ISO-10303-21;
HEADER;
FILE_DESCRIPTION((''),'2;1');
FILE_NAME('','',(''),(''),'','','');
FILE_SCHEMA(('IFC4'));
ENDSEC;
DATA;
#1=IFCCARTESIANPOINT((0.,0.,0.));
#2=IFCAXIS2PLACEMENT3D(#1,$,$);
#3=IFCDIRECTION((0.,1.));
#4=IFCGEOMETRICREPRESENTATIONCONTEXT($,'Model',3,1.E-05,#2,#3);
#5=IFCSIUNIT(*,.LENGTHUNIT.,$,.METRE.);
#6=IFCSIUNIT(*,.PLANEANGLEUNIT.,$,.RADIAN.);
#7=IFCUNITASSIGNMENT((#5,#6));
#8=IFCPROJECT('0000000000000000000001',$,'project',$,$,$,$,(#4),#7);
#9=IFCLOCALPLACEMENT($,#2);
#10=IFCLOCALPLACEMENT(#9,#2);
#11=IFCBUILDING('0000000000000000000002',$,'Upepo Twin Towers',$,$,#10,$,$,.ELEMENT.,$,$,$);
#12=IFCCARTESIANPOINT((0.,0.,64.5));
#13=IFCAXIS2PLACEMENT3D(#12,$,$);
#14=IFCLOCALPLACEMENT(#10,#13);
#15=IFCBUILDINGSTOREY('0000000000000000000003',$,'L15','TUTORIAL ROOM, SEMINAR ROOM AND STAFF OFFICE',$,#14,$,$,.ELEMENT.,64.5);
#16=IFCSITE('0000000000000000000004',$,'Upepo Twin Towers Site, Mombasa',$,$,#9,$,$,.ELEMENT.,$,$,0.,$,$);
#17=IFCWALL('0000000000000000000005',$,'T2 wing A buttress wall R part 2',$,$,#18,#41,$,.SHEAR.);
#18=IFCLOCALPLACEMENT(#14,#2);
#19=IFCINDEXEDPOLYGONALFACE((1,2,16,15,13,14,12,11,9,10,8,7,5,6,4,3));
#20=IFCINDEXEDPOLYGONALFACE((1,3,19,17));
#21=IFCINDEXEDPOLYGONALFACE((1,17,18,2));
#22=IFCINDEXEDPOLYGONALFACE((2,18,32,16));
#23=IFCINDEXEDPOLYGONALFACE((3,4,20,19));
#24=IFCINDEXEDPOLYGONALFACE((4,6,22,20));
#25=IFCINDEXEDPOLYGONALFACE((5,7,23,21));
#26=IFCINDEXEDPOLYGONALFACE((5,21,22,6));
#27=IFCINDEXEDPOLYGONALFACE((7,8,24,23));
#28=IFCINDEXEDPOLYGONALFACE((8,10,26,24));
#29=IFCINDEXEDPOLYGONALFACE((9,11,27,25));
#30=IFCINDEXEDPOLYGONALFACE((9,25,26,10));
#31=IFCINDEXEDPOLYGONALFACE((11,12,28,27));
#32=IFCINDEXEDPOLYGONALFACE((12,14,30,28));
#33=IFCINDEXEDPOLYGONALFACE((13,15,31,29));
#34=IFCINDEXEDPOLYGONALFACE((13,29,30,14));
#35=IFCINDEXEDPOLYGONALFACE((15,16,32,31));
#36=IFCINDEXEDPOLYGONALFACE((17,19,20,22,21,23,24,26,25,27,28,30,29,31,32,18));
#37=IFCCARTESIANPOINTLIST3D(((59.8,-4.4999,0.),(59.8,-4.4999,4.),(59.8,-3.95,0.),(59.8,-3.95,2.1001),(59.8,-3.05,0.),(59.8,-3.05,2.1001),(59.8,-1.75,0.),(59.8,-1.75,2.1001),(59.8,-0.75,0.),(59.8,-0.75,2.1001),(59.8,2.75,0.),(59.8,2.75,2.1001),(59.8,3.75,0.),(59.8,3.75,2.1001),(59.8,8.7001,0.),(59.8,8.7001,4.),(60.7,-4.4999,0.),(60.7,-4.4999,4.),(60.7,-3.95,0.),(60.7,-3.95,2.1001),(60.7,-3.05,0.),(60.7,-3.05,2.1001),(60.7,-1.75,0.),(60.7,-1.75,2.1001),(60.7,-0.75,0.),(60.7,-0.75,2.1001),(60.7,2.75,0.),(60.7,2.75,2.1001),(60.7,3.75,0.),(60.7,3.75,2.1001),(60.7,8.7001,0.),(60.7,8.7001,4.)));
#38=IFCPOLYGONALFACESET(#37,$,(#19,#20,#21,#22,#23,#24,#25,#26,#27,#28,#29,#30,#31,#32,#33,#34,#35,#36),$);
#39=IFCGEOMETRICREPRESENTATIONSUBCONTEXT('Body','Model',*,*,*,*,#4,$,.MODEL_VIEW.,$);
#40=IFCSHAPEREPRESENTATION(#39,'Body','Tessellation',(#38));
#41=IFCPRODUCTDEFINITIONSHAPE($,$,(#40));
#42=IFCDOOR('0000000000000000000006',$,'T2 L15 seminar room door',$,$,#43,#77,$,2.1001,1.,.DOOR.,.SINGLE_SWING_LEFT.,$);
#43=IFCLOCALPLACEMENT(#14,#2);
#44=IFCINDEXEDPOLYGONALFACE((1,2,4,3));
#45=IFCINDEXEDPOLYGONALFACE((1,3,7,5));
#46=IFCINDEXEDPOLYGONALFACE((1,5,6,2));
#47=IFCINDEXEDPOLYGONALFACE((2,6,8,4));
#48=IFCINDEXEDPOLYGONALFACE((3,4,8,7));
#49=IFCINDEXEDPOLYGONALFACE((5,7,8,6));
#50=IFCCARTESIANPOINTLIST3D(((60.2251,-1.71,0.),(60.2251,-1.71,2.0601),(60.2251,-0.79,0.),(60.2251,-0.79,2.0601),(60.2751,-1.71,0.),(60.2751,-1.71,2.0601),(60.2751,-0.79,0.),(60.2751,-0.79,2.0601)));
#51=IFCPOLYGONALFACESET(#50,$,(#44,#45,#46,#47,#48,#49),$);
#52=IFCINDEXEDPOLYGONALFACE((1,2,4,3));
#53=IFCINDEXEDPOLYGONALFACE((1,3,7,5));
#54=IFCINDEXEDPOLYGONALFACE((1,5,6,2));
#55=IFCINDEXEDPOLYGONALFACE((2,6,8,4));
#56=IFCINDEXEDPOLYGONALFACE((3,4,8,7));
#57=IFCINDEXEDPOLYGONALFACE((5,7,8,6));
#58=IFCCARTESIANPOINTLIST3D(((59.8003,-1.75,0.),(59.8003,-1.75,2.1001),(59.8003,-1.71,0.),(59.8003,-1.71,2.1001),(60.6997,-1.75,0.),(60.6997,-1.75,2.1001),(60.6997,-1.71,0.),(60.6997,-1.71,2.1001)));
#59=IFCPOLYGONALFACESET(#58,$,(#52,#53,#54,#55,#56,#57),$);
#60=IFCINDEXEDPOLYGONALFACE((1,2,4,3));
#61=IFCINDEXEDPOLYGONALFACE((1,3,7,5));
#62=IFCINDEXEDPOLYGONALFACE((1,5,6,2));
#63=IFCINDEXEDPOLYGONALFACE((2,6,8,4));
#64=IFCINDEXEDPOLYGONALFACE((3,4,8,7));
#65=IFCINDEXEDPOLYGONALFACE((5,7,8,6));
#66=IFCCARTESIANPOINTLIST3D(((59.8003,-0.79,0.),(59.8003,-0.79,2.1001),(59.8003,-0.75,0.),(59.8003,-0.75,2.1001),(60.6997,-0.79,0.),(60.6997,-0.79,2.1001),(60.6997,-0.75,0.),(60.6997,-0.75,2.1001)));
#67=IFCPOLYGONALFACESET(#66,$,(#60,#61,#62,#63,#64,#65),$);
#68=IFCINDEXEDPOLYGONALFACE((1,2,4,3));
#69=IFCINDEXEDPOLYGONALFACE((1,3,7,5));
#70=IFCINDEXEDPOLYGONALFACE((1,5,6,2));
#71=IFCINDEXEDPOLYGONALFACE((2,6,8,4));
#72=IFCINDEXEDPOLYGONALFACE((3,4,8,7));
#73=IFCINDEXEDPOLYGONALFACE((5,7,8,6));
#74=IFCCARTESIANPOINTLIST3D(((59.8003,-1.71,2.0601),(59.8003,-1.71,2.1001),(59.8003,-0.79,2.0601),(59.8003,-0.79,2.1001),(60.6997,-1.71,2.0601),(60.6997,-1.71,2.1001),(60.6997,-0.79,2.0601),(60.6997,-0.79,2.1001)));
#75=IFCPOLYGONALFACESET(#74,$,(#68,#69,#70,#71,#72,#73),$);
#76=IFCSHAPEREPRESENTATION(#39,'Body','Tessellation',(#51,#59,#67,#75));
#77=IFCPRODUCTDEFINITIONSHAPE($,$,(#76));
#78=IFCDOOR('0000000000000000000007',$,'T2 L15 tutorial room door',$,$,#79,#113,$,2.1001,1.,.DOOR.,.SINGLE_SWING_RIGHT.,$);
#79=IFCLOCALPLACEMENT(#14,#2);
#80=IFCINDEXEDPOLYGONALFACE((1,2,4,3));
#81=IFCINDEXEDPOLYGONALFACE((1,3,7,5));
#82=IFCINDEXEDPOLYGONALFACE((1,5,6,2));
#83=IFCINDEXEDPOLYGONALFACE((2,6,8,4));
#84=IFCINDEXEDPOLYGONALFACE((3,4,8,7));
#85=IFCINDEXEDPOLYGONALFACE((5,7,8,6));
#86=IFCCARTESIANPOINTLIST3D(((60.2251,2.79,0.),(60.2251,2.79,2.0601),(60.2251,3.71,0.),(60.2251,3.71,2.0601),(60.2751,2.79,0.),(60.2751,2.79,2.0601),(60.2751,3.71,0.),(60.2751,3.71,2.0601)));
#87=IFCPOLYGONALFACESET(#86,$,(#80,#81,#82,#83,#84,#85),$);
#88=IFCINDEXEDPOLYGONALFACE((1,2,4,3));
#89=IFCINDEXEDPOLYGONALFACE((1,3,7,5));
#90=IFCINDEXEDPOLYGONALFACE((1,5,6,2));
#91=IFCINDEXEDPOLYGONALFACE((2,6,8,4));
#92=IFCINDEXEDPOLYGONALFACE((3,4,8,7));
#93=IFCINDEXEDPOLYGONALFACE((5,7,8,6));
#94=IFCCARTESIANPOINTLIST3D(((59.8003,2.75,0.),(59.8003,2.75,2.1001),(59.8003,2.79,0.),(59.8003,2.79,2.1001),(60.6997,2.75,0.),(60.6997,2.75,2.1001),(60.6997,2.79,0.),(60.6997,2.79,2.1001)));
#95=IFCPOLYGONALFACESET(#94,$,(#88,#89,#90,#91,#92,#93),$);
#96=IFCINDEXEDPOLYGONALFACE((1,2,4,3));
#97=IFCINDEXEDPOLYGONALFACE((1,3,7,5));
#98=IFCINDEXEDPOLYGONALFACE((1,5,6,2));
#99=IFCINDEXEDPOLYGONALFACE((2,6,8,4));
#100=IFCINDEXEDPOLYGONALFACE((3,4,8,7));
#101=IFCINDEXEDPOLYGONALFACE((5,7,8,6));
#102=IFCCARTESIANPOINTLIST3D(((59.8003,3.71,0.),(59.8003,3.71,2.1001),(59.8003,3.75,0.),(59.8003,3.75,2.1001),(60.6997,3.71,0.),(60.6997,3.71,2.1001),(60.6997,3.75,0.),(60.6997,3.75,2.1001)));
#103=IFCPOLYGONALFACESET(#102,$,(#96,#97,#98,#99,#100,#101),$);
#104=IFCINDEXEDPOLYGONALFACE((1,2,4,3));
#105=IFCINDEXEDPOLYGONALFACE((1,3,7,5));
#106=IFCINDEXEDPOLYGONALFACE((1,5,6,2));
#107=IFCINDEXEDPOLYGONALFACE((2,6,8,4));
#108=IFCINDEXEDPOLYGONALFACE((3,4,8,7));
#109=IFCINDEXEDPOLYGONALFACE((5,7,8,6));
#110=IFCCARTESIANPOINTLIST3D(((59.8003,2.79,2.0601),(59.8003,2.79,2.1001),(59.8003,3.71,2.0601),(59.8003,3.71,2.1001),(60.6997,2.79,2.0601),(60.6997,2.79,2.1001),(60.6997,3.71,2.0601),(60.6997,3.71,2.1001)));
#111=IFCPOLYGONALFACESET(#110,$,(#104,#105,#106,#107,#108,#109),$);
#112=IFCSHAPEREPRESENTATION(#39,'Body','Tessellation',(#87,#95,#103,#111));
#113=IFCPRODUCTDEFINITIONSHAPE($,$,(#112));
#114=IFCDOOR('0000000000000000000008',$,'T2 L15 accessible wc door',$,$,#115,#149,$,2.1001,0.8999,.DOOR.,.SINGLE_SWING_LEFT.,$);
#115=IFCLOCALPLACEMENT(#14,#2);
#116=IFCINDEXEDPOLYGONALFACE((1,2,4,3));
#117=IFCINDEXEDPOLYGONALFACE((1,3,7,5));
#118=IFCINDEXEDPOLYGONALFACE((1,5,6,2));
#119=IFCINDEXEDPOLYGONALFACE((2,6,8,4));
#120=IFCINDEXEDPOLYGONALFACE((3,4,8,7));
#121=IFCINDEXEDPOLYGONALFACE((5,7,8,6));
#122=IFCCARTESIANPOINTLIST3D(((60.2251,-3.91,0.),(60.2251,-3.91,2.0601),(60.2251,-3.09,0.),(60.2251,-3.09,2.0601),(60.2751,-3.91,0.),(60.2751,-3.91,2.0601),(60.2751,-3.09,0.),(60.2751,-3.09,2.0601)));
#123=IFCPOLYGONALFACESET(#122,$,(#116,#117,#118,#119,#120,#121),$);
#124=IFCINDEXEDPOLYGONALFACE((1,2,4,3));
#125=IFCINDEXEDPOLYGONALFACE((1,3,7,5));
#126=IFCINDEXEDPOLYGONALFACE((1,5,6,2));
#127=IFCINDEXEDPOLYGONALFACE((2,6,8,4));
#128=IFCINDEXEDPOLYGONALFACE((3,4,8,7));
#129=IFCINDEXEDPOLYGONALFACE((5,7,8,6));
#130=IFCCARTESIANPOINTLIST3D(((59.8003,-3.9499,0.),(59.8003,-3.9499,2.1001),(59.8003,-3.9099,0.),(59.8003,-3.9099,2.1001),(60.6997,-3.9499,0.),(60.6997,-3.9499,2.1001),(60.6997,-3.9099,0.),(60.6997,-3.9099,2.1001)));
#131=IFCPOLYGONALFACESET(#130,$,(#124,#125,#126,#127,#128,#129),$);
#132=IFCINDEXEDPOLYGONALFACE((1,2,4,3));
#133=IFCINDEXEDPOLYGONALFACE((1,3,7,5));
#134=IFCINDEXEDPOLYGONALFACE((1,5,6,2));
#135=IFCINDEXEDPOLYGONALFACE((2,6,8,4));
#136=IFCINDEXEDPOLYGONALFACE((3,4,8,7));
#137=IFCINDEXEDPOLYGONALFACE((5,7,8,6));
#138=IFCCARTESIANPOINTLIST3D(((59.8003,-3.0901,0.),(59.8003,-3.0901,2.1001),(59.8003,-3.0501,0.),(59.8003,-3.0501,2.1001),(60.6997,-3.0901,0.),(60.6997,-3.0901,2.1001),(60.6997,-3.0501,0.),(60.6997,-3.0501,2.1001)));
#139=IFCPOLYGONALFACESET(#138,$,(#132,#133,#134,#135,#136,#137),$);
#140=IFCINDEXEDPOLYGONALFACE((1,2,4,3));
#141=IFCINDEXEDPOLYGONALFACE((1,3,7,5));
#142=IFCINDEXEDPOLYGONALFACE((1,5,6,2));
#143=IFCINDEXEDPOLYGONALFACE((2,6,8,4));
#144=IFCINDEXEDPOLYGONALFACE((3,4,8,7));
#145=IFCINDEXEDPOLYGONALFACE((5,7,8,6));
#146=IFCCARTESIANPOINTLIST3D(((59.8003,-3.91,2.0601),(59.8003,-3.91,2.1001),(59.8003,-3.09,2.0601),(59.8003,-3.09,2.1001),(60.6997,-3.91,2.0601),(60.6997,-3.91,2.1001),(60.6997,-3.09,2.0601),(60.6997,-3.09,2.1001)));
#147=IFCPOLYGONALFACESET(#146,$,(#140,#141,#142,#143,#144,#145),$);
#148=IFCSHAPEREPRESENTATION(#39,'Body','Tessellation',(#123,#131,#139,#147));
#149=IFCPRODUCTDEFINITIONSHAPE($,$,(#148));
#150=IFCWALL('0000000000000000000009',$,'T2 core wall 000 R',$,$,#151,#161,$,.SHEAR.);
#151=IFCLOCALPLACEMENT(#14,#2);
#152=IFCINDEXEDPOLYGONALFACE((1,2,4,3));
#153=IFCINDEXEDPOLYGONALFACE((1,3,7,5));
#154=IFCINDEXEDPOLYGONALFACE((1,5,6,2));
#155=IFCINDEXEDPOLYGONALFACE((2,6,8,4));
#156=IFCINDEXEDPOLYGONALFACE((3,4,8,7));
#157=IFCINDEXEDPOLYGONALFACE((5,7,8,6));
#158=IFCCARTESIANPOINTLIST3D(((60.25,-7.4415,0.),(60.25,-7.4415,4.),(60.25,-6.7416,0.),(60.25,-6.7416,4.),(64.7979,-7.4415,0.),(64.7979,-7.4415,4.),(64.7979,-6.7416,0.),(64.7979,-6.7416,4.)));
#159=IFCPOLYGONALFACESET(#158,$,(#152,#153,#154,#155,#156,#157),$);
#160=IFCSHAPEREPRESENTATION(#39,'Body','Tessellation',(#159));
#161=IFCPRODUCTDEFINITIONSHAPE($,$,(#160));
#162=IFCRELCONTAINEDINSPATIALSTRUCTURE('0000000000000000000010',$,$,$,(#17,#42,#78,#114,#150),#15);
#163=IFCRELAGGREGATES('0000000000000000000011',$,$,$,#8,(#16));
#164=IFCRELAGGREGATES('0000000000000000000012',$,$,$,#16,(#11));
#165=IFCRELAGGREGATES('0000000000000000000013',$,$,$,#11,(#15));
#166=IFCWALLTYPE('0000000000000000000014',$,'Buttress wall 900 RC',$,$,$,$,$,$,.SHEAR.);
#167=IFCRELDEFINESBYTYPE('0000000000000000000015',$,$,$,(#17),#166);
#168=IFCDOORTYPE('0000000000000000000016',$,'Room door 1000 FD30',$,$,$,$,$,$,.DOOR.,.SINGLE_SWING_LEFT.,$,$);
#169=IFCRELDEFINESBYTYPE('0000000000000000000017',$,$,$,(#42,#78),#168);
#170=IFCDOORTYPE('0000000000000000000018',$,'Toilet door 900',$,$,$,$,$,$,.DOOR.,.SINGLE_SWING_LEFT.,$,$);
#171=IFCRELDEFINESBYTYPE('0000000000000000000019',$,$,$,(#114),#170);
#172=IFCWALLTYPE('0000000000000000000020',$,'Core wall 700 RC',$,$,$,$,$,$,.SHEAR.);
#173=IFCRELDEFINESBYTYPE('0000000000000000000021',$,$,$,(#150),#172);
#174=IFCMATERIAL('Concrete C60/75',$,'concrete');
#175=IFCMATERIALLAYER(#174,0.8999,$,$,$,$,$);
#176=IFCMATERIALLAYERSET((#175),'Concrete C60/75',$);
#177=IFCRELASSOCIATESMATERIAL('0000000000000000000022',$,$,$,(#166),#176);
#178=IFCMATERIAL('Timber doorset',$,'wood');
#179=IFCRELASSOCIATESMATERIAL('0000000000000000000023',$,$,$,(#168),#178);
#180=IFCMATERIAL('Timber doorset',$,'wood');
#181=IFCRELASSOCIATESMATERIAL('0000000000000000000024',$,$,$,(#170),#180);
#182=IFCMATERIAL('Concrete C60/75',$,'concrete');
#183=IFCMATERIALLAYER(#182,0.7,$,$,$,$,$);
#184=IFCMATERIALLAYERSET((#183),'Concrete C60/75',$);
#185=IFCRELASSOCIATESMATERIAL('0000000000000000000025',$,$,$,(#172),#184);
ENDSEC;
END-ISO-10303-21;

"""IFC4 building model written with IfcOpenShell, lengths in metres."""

from ifc_helpers import new_model, si_unit, direction, frame, frame_2d, origin, place, context, subcontext, project, spatial, rectangle, extrude, material, layer, layer_set, type_object, element, fill, save


model = new_model("IFC4")

# Units and contexts
model_context = context("Model", 3, precision=1e-05, world=origin(), true_north=direction((0.0, 1.0)))
body_context = subcontext(model_context, "Body", "Model", "MODEL_VIEW")
ifc_project = project(units=[si_unit("LENGTHUNIT", "METRE"), si_unit("PLANEANGLEUNIT", "RADIAN")], contexts=[model_context])

# Site, building, storey
site_placement = place(None, origin())
site = spatial("IfcSite", under=ifc_project, at=site_placement, Name="Upepo Twin Towers Site, Mombasa", CompositionType="ELEMENT", RefElevation=0.0)
building_placement = place(site_placement, origin())
building = spatial("IfcBuilding", under=site, at=building_placement, Name="Upepo Twin Towers", CompositionType="ELEMENT")
storey_placement = place(building_placement, frame((0.0, 0.0, 64.5)))
storey = spatial("IfcBuildingStorey", under=building, at=storey_placement, Name="L15", Description="TUTORIAL ROOM, SEMINAR ROOM AND STAFF OFFICE", CompositionType="ELEMENT", Elevation=64.5)

# Wall, openings, doors
ifc_material_1 = material(Name="Concrete C60/75", Category="concrete")
ifc_layer_1 = layer(ifc_material_1, 0.8999)
ifc_layer_set_1 = layer_set([ifc_layer_1], Name="Concrete C60/75")
wall_type_1 = type_object("IfcWallType", Name="Buttress wall 900 RC", PredefinedType="SHEAR", material=ifc_layer_set_1)
wall_1_placement = place(storey_placement, frame((60.25, -4.5, 0.0), z_axis=(0.0, 0.0, 1.0), x_axis=(0.0, 1.0, 0.0)))
wall_1 = element("IfcWall", 1, at=wall_1_placement, inside=storey, type_object=wall_type_1, Name="T2 wing A buttress wall R part 2", PredefinedType="SHEAR", context=body_context, shape_type="SweptSolid", body=[
    extrude(rectangle(XDim=13.2, YDim=0.8999, at=frame_2d((6.6001, 0.0))), origin(), (0.0, 0.0, 1.0), 4.0),
])
opening_1_placement = place(wall_1_placement, frame((0.55, 0.0, 0.0)))
opening_1 = element("IfcOpeningElement", 2, at=opening_1_placement, cuts=wall_1, PredefinedType="OPENING", context=body_context, shape_type="SweptSolid", body=[
    extrude(rectangle(XDim=0.8999, YDim=2.1001, at=frame_2d((0.45, 1.05))), frame((0.0, 0.46, 0.0), z_axis=(0.0, -1.0, 0.0), x_axis=(1.0, 0.0, 0.0)), (0.0, 0.0, 1.0), 0.9199),
])
opening_2_placement = place(wall_1_placement, frame((2.75, 0.0, 0.0)))
opening_2 = element("IfcOpeningElement", 3, at=opening_2_placement, cuts=wall_1, PredefinedType="OPENING", context=body_context, shape_type="SweptSolid", body=[
    extrude(rectangle(XDim=1.0, YDim=2.1001, at=frame_2d((0.5, 1.05))), frame((0.0, 0.46, 0.0), z_axis=(0.0, -1.0, 0.0), x_axis=(1.0, 0.0, 0.0)), (0.0, 0.0, 1.0), 0.9199),
])
opening_3_placement = place(wall_1_placement, frame((7.25, 0.0, 0.0)))
opening_3 = element("IfcOpeningElement", 4, at=opening_3_placement, cuts=wall_1, PredefinedType="OPENING", context=body_context, shape_type="SweptSolid", body=[
    extrude(rectangle(XDim=1.0, YDim=2.1001, at=frame_2d((0.5, 1.05))), frame((0.0, 0.46, 0.0), z_axis=(0.0, -1.0, 0.0), x_axis=(1.0, 0.0, 0.0)), (0.0, 0.0, 1.0), 0.9199),
])
ifc_material_2 = material(Name="Timber doorset", Category="wood")
door_type_1 = type_object("IfcDoorType", Name="Room door 1000 FD30", OperationType="SINGLE_SWING_LEFT", PredefinedType="DOOR", material=ifc_material_2)
door_1_placement = place(opening_2_placement, origin())
door_1 = element("IfcDoor", 5, at=door_1_placement, inside=storey, type_object=door_type_1, Name="T2 L15 seminar room door", OperationType="SINGLE_SWING_LEFT", OverallHeight=2.1001, OverallWidth=1.0, PredefinedType="DOOR", context=body_context, shape_type="SweptSolid", body=[
    extrude(rectangle(XDim=0.92, YDim=2.0601, at=frame_2d((0.5, 1.03))), frame((0.0, 0.0249, 0.0), z_axis=(0.0, -1.0, 0.0), x_axis=(1.0, 0.0, 0.0)), (0.0, 0.0, 1.0), 0.05),
    extrude(rectangle(XDim=0.04, YDim=2.1001, at=frame_2d((0.02, 1.05))), frame((0.0, 0.4497, 0.0), z_axis=(0.0, -1.0, 0.0), x_axis=(1.0, 0.0, 0.0)), (0.0, 0.0, 1.0), 0.8994),
    extrude(rectangle(XDim=0.04, YDim=2.1001, at=frame_2d((0.98, 1.05))), frame((0.0, 0.4497, 0.0), z_axis=(0.0, -1.0, 0.0), x_axis=(1.0, 0.0, 0.0)), (0.0, 0.0, 1.0), 0.8994),
    extrude(rectangle(XDim=0.92, YDim=0.04, at=frame_2d((0.5, 2.0801))), frame((0.0, 0.4497, 0.0), z_axis=(0.0, -1.0, 0.0), x_axis=(1.0, 0.0, 0.0)), (0.0, 0.0, 1.0), 0.8994),
])
fill(opening_2, door_1)
door_2_placement = place(opening_3_placement, origin())
door_2 = element("IfcDoor", 6, at=door_2_placement, inside=storey, type_object=door_type_1, Name="T2 L15 tutorial room door", OperationType="SINGLE_SWING_RIGHT", OverallHeight=2.1001, OverallWidth=1.0, PredefinedType="DOOR", context=body_context, shape_type="SweptSolid", body=[
    extrude(rectangle(XDim=0.92, YDim=2.0601, at=frame_2d((0.5, 1.03))), frame((0.0, 0.0249, 0.0), z_axis=(0.0, -1.0, 0.0), x_axis=(1.0, 0.0, 0.0)), (0.0, 0.0, 1.0), 0.05),
    extrude(rectangle(XDim=0.04, YDim=2.1001, at=frame_2d((0.02, 1.05))), frame((0.0, 0.4497, 0.0), z_axis=(0.0, -1.0, 0.0), x_axis=(1.0, 0.0, 0.0)), (0.0, 0.0, 1.0), 0.8994),
    extrude(rectangle(XDim=0.04, YDim=2.1001, at=frame_2d((0.98, 1.05))), frame((0.0, 0.4497, 0.0), z_axis=(0.0, -1.0, 0.0), x_axis=(1.0, 0.0, 0.0)), (0.0, 0.0, 1.0), 0.8994),
    extrude(rectangle(XDim=0.92, YDim=0.04, at=frame_2d((0.5, 2.0801))), frame((0.0, 0.4497, 0.0), z_axis=(0.0, -1.0, 0.0), x_axis=(1.0, 0.0, 0.0)), (0.0, 0.0, 1.0), 0.8994),
])
fill(opening_3, door_2)
ifc_material_3 = material(Name="Timber doorset", Category="wood")
door_type_2 = type_object("IfcDoorType", Name="Toilet door 900", OperationType="SINGLE_SWING_LEFT", PredefinedType="DOOR", material=ifc_material_3)
door_3_placement = place(opening_1_placement, origin())
door_3 = element("IfcDoor", 7, at=door_3_placement, inside=storey, type_object=door_type_2, Name="T2 L15 accessible wc door", OperationType="SINGLE_SWING_LEFT", OverallHeight=2.1001, OverallWidth=0.8999, PredefinedType="DOOR", context=body_context, shape_type="SweptSolid", body=[
    extrude(rectangle(XDim=0.8199, YDim=2.0601, at=frame_2d((0.45, 1.03))), frame((0.0, 0.0249, 0.0), z_axis=(0.0, -1.0, 0.0), x_axis=(1.0, 0.0, 0.0)), (0.0, 0.0, 1.0), 0.05),
    extrude(rectangle(XDim=0.04, YDim=2.1001, at=frame_2d((0.02, 1.05))), frame((0.0, 0.4497, 0.0), z_axis=(0.0, -1.0, 0.0), x_axis=(1.0, 0.0, 0.0)), (0.0, 0.0, 1.0), 0.8994),
    extrude(rectangle(XDim=0.04, YDim=2.1001, at=frame_2d((0.8799, 1.05))), frame((0.0, 0.4497, 0.0), z_axis=(0.0, -1.0, 0.0), x_axis=(1.0, 0.0, 0.0)), (0.0, 0.0, 1.0), 0.8994),
    extrude(rectangle(XDim=0.8199, YDim=0.04, at=frame_2d((0.45, 2.0801))), frame((0.0, 0.4497, 0.0), z_axis=(0.0, -1.0, 0.0), x_axis=(1.0, 0.0, 0.0)), (0.0, 0.0, 1.0), 0.8994),
])
fill(opening_1, door_3)

# Wall
ifc_material_4 = material(Name="Concrete C60/75", Category="concrete")
ifc_layer_2 = layer(ifc_material_4, 0.7)
ifc_layer_set_2 = layer_set([ifc_layer_2], Name="Concrete C60/75")
wall_type_2 = type_object("IfcWallType", Name="Core wall 700 RC", PredefinedType="SHEAR", material=ifc_layer_set_2)
wall_2_placement = place(storey_placement, frame((64.7979, -7.0916, 0.0), z_axis=(0.0, 0.0, 1.0), x_axis=(-1.0, 0.0, 0.0)))
element("IfcWall", 8, at=wall_2_placement, inside=storey, type_object=wall_type_2, Name="T2 core wall 000 R", PredefinedType="SHEAR", context=body_context, shape_type="SweptSolid", body=[
    extrude(rectangle(XDim=4.5479, YDim=0.7, at=frame_2d((2.2739, 0.0))), origin(), (0.0, 0.0, 1.0), 4.0),
])

save(model, "model.ifc")
